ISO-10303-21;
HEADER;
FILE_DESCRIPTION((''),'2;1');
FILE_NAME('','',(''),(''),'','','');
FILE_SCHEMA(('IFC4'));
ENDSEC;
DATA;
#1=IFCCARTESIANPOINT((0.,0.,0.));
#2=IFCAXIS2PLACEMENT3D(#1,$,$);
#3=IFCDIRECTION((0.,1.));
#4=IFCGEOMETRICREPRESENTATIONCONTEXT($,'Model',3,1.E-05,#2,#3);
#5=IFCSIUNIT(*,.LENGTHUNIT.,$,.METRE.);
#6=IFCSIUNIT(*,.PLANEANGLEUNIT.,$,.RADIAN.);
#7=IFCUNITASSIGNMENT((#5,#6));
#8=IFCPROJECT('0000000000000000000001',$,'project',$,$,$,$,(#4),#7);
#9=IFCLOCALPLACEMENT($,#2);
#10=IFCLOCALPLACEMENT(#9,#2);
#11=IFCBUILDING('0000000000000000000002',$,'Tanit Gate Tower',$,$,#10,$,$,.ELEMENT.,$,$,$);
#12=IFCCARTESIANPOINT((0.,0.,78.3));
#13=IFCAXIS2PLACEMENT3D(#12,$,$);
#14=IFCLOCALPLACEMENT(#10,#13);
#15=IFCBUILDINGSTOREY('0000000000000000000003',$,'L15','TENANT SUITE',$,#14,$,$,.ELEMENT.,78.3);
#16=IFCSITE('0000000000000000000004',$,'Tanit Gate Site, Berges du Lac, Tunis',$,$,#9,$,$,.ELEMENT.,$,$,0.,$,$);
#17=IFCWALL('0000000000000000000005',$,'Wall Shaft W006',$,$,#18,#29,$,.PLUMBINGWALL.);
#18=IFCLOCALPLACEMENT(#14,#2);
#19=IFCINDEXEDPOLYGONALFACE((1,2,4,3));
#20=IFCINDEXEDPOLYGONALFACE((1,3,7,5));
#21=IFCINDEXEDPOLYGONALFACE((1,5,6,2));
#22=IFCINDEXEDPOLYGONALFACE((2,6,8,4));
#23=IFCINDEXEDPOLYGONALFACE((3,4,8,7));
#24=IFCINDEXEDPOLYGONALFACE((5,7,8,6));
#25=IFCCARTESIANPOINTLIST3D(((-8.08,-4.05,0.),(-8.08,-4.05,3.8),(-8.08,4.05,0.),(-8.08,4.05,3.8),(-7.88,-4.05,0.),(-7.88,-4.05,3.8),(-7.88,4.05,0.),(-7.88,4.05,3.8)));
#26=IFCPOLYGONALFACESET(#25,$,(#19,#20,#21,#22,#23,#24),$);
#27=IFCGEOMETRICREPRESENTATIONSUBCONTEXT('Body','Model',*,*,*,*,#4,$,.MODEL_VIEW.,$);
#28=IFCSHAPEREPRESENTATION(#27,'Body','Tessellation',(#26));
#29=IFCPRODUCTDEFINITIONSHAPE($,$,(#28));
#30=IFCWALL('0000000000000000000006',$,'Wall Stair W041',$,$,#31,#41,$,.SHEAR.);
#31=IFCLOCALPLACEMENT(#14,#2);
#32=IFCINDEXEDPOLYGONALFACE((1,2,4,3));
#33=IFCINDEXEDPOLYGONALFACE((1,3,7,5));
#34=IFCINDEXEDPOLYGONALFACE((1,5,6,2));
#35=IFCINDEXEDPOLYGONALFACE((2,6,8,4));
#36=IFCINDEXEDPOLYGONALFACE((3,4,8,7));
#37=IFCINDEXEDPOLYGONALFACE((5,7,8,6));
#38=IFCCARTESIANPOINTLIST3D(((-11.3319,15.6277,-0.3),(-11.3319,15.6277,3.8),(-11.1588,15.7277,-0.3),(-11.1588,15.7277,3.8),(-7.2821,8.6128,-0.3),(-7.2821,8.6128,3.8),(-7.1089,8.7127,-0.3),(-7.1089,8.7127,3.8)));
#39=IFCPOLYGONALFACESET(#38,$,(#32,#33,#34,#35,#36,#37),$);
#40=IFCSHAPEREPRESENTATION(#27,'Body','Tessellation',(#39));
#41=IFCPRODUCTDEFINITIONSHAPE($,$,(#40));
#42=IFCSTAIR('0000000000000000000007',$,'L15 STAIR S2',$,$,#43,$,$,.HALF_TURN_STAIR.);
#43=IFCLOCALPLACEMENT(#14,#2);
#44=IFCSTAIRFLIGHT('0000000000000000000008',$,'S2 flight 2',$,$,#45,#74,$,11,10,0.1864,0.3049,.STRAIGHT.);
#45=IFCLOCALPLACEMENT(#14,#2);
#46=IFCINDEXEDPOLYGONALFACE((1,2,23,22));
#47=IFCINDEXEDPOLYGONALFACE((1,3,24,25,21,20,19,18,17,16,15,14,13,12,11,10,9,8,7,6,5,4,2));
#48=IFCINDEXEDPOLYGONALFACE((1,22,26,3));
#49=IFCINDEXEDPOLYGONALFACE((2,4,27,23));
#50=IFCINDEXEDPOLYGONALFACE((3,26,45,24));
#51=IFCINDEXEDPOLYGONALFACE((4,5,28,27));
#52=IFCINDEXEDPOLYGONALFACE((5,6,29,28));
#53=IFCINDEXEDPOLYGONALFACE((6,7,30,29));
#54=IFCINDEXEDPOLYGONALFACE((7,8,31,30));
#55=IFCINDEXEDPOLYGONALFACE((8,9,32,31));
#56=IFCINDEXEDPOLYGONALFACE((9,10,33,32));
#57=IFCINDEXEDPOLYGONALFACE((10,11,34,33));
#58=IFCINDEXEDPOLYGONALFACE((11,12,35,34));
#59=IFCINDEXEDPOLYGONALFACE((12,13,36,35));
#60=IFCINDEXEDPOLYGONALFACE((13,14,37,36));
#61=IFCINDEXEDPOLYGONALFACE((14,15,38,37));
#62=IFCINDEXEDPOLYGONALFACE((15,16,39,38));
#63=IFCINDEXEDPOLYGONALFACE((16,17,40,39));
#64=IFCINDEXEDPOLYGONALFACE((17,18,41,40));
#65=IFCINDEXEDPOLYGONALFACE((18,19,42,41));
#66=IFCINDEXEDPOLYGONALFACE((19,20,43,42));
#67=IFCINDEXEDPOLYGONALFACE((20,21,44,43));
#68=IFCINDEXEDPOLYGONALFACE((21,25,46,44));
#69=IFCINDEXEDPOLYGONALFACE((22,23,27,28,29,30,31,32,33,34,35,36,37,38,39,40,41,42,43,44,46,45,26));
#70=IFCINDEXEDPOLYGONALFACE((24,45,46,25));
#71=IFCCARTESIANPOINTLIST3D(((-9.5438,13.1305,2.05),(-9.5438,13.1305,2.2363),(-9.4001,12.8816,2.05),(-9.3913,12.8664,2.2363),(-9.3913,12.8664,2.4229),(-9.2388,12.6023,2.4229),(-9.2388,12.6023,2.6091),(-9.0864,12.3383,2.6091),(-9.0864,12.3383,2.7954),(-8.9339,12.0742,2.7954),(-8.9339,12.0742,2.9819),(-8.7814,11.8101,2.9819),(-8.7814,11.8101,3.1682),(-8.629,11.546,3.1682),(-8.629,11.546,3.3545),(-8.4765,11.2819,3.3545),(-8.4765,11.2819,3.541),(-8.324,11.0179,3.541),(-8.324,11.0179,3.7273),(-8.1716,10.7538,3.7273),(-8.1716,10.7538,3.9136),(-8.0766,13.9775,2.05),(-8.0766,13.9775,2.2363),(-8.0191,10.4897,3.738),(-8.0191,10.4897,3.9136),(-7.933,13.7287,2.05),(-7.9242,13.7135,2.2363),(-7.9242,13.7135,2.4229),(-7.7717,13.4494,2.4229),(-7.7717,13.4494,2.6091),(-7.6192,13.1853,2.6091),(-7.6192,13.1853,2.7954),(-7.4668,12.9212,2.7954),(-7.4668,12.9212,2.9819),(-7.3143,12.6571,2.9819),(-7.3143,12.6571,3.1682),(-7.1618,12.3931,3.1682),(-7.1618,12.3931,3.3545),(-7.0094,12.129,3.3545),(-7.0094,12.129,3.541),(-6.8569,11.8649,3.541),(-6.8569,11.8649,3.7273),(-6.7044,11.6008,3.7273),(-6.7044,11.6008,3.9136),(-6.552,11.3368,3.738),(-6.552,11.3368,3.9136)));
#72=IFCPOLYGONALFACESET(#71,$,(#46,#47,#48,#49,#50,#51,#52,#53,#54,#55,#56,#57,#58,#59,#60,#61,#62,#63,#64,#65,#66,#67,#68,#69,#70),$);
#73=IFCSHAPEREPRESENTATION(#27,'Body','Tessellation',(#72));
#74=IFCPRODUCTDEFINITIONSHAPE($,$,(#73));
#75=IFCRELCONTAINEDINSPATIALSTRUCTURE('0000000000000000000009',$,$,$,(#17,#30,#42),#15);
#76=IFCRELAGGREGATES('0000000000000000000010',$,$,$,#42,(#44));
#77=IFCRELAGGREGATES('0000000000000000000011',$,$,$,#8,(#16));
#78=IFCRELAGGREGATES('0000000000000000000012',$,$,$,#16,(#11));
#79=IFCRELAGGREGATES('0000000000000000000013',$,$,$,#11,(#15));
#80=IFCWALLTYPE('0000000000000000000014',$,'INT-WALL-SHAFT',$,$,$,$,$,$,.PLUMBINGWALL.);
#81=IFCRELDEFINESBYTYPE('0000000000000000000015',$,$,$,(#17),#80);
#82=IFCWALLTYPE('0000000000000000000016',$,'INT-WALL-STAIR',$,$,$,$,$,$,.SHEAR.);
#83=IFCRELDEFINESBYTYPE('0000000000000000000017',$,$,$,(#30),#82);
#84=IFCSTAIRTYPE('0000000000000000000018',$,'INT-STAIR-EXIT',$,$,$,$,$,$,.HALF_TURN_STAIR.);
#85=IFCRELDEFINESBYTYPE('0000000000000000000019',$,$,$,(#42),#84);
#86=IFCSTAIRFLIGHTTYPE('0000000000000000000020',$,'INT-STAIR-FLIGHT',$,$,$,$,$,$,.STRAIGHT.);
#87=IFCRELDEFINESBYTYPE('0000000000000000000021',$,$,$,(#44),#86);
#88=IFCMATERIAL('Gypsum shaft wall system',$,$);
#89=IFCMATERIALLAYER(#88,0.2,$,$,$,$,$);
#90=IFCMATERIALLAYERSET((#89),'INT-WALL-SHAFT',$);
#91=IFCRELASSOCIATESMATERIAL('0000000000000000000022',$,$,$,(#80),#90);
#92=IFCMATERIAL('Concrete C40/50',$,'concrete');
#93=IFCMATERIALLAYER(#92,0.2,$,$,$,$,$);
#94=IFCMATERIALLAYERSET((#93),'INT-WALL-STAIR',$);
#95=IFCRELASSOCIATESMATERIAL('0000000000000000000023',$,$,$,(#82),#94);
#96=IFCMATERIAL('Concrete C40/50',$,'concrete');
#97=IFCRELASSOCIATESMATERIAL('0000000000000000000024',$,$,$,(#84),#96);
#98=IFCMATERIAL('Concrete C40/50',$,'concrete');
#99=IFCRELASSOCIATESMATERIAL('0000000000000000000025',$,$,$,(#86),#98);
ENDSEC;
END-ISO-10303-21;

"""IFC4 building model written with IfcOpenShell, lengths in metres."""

from ifc_helpers import new_model, si_unit, direction, frame, frame_2d, origin, place, context, subcontext, project, spatial, polyline, rectangle, outline, extrude, material, layer, layer_set, type_object, element, aggregate, save


model = new_model("IFC4")

# Units and contexts
model_context = context("Model", 3, precision=1e-05, world=origin(), true_north=direction((0.0, 1.0)))
body_context = subcontext(model_context, "Body", "Model", "MODEL_VIEW")
ifc_project = project(units=[si_unit("LENGTHUNIT", "METRE"), si_unit("PLANEANGLEUNIT", "RADIAN")], contexts=[model_context])

# Site, building, storey
site_placement = place(None, origin())
site = spatial("IfcSite", under=ifc_project, at=site_placement, Name="Tanit Gate Site, Berges du Lac, Tunis", CompositionType="ELEMENT", RefElevation=0.0)
building_placement = place(site_placement, origin())
building = spatial("IfcBuilding", under=site, at=building_placement, Name="Tanit Gate Tower", CompositionType="ELEMENT")
storey_placement = place(building_placement, frame((0.0, 0.0, 78.3)))
storey = spatial("IfcBuildingStorey", under=building, at=storey_placement, Name="L15", Description="TENANT SUITE", CompositionType="ELEMENT", Elevation=78.3)

# Walls
ifc_material_1 = material(Name="Gypsum shaft wall system")
ifc_layer_1 = layer(ifc_material_1, 0.2)
ifc_layer_set_1 = layer_set([ifc_layer_1], Name="INT-WALL-SHAFT")
wall_type_1 = type_object("IfcWallType", Name="INT-WALL-SHAFT", PredefinedType="PLUMBINGWALL", material=ifc_layer_set_1)
wall_1_placement = place(storey_placement, frame((-7.98, 4.05, 0.0), z_axis=(0.0, 0.0, 1.0), x_axis=(0.0, -1.0, 0.0)))
element("IfcWall", 1, at=wall_1_placement, inside=storey, type_object=wall_type_1, Name="Wall Shaft W006", PredefinedType="PLUMBINGWALL", context=body_context, shape_type="SweptSolid", body=[
    extrude(rectangle(XDim=8.1001, YDim=0.2, at=frame_2d((4.05, 0.0))), origin(), (0.0, 0.0, 1.0), 3.8),
])
ifc_material_2 = material(Name="Concrete C40/50", Category="concrete")
ifc_layer_2 = layer(ifc_material_2, 0.2)
ifc_layer_set_2 = layer_set([ifc_layer_2], Name="INT-WALL-STAIR")
wall_type_2 = type_object("IfcWallType", Name="INT-WALL-STAIR", PredefinedType="SHEAR", material=ifc_layer_set_2)
wall_2_placement = place(storey_placement, frame((-11.2454, 15.6777, -0.3), z_axis=(0.0, 0.0, 1.0), x_axis=(0.499977, -0.866039, 0.0)))
element("IfcWall", 2, at=wall_2_placement, inside=storey, type_object=wall_type_2, Name="Wall Stair W041", PredefinedType="SHEAR", context=body_context, shape_type="SweptSolid", body=[
    extrude(rectangle(XDim=8.1001, YDim=0.2, at=frame_2d((4.05, 0.0))), origin(), (0.0, 0.0, 1.0), 4.1001),
])

# Stair, stair flight
ifc_material_3 = material(Name="Concrete C40/50", Category="concrete")
stair_type = type_object("IfcStairType", Name="INT-STAIR-EXIT", PredefinedType="HALF_TURN_STAIR", material=ifc_material_3)
stair_placement = place(storey_placement, origin())
stair = element("IfcStair", 3, at=stair_placement, inside=storey, type_object=stair_type, Name="L15 STAIR S2", PredefinedType="HALF_TURN_STAIR")
ifc_material_4 = material(Name="Concrete C40/50", Category="concrete")
stair_flight_type = type_object("IfcStairFlightType", Name="INT-STAIR-FLIGHT", PredefinedType="STRAIGHT", material=ifc_material_4)
stair_flight_placement = place(storey_placement, frame((-8.8103, 13.554, 2.05), z_axis=(0.0, 0.0, 1.0), x_axis=(0.5, -0.866025, 0.0)))
stair_flight = element("IfcStairFlight", 4, at=stair_flight_placement, type_object=stair_flight_type, Name="S2 flight 2", NumberOfRisers=11, NumberOfTreads=10, PredefinedType="STRAIGHT", RiserHeight=0.1864, TreadLength=0.3049, context=body_context, shape_type="SweptSolid", body=[
    extrude(outline(polyline([(0.0, 0.0), (0.0, 0.1863), (0.3049, 0.1863), (0.3049, 0.3728), (0.6099, 0.3728), (0.6099, 0.5591), (0.9148, 0.5591), (0.9148, 0.7454), (1.2197, 0.7454), (1.2197, 0.9319), (1.5247, 0.9319), (1.5247, 1.1182), (1.8296, 1.1182), (1.8296, 1.3044), (2.1345, 1.3044), (2.1345, 1.491), (2.4395, 1.491), (2.4395, 1.6772), (2.7444, 1.6772), (2.7444, 1.8635), (3.0493, 1.8635), (3.0493, 2.05), (3.0493, 1.688), (0.2874, 0.0), (0.0, 0.0)])), frame((0.0, 0.8472, 0.0), z_axis=(0.0, -1.0, 0.0), x_axis=(1.0, 0.0, 0.0)), (0.0, 0.0, 1.0), 1.6941),
])
aggregate(stair, [stair_flight])

save(model, "model.ifc")
